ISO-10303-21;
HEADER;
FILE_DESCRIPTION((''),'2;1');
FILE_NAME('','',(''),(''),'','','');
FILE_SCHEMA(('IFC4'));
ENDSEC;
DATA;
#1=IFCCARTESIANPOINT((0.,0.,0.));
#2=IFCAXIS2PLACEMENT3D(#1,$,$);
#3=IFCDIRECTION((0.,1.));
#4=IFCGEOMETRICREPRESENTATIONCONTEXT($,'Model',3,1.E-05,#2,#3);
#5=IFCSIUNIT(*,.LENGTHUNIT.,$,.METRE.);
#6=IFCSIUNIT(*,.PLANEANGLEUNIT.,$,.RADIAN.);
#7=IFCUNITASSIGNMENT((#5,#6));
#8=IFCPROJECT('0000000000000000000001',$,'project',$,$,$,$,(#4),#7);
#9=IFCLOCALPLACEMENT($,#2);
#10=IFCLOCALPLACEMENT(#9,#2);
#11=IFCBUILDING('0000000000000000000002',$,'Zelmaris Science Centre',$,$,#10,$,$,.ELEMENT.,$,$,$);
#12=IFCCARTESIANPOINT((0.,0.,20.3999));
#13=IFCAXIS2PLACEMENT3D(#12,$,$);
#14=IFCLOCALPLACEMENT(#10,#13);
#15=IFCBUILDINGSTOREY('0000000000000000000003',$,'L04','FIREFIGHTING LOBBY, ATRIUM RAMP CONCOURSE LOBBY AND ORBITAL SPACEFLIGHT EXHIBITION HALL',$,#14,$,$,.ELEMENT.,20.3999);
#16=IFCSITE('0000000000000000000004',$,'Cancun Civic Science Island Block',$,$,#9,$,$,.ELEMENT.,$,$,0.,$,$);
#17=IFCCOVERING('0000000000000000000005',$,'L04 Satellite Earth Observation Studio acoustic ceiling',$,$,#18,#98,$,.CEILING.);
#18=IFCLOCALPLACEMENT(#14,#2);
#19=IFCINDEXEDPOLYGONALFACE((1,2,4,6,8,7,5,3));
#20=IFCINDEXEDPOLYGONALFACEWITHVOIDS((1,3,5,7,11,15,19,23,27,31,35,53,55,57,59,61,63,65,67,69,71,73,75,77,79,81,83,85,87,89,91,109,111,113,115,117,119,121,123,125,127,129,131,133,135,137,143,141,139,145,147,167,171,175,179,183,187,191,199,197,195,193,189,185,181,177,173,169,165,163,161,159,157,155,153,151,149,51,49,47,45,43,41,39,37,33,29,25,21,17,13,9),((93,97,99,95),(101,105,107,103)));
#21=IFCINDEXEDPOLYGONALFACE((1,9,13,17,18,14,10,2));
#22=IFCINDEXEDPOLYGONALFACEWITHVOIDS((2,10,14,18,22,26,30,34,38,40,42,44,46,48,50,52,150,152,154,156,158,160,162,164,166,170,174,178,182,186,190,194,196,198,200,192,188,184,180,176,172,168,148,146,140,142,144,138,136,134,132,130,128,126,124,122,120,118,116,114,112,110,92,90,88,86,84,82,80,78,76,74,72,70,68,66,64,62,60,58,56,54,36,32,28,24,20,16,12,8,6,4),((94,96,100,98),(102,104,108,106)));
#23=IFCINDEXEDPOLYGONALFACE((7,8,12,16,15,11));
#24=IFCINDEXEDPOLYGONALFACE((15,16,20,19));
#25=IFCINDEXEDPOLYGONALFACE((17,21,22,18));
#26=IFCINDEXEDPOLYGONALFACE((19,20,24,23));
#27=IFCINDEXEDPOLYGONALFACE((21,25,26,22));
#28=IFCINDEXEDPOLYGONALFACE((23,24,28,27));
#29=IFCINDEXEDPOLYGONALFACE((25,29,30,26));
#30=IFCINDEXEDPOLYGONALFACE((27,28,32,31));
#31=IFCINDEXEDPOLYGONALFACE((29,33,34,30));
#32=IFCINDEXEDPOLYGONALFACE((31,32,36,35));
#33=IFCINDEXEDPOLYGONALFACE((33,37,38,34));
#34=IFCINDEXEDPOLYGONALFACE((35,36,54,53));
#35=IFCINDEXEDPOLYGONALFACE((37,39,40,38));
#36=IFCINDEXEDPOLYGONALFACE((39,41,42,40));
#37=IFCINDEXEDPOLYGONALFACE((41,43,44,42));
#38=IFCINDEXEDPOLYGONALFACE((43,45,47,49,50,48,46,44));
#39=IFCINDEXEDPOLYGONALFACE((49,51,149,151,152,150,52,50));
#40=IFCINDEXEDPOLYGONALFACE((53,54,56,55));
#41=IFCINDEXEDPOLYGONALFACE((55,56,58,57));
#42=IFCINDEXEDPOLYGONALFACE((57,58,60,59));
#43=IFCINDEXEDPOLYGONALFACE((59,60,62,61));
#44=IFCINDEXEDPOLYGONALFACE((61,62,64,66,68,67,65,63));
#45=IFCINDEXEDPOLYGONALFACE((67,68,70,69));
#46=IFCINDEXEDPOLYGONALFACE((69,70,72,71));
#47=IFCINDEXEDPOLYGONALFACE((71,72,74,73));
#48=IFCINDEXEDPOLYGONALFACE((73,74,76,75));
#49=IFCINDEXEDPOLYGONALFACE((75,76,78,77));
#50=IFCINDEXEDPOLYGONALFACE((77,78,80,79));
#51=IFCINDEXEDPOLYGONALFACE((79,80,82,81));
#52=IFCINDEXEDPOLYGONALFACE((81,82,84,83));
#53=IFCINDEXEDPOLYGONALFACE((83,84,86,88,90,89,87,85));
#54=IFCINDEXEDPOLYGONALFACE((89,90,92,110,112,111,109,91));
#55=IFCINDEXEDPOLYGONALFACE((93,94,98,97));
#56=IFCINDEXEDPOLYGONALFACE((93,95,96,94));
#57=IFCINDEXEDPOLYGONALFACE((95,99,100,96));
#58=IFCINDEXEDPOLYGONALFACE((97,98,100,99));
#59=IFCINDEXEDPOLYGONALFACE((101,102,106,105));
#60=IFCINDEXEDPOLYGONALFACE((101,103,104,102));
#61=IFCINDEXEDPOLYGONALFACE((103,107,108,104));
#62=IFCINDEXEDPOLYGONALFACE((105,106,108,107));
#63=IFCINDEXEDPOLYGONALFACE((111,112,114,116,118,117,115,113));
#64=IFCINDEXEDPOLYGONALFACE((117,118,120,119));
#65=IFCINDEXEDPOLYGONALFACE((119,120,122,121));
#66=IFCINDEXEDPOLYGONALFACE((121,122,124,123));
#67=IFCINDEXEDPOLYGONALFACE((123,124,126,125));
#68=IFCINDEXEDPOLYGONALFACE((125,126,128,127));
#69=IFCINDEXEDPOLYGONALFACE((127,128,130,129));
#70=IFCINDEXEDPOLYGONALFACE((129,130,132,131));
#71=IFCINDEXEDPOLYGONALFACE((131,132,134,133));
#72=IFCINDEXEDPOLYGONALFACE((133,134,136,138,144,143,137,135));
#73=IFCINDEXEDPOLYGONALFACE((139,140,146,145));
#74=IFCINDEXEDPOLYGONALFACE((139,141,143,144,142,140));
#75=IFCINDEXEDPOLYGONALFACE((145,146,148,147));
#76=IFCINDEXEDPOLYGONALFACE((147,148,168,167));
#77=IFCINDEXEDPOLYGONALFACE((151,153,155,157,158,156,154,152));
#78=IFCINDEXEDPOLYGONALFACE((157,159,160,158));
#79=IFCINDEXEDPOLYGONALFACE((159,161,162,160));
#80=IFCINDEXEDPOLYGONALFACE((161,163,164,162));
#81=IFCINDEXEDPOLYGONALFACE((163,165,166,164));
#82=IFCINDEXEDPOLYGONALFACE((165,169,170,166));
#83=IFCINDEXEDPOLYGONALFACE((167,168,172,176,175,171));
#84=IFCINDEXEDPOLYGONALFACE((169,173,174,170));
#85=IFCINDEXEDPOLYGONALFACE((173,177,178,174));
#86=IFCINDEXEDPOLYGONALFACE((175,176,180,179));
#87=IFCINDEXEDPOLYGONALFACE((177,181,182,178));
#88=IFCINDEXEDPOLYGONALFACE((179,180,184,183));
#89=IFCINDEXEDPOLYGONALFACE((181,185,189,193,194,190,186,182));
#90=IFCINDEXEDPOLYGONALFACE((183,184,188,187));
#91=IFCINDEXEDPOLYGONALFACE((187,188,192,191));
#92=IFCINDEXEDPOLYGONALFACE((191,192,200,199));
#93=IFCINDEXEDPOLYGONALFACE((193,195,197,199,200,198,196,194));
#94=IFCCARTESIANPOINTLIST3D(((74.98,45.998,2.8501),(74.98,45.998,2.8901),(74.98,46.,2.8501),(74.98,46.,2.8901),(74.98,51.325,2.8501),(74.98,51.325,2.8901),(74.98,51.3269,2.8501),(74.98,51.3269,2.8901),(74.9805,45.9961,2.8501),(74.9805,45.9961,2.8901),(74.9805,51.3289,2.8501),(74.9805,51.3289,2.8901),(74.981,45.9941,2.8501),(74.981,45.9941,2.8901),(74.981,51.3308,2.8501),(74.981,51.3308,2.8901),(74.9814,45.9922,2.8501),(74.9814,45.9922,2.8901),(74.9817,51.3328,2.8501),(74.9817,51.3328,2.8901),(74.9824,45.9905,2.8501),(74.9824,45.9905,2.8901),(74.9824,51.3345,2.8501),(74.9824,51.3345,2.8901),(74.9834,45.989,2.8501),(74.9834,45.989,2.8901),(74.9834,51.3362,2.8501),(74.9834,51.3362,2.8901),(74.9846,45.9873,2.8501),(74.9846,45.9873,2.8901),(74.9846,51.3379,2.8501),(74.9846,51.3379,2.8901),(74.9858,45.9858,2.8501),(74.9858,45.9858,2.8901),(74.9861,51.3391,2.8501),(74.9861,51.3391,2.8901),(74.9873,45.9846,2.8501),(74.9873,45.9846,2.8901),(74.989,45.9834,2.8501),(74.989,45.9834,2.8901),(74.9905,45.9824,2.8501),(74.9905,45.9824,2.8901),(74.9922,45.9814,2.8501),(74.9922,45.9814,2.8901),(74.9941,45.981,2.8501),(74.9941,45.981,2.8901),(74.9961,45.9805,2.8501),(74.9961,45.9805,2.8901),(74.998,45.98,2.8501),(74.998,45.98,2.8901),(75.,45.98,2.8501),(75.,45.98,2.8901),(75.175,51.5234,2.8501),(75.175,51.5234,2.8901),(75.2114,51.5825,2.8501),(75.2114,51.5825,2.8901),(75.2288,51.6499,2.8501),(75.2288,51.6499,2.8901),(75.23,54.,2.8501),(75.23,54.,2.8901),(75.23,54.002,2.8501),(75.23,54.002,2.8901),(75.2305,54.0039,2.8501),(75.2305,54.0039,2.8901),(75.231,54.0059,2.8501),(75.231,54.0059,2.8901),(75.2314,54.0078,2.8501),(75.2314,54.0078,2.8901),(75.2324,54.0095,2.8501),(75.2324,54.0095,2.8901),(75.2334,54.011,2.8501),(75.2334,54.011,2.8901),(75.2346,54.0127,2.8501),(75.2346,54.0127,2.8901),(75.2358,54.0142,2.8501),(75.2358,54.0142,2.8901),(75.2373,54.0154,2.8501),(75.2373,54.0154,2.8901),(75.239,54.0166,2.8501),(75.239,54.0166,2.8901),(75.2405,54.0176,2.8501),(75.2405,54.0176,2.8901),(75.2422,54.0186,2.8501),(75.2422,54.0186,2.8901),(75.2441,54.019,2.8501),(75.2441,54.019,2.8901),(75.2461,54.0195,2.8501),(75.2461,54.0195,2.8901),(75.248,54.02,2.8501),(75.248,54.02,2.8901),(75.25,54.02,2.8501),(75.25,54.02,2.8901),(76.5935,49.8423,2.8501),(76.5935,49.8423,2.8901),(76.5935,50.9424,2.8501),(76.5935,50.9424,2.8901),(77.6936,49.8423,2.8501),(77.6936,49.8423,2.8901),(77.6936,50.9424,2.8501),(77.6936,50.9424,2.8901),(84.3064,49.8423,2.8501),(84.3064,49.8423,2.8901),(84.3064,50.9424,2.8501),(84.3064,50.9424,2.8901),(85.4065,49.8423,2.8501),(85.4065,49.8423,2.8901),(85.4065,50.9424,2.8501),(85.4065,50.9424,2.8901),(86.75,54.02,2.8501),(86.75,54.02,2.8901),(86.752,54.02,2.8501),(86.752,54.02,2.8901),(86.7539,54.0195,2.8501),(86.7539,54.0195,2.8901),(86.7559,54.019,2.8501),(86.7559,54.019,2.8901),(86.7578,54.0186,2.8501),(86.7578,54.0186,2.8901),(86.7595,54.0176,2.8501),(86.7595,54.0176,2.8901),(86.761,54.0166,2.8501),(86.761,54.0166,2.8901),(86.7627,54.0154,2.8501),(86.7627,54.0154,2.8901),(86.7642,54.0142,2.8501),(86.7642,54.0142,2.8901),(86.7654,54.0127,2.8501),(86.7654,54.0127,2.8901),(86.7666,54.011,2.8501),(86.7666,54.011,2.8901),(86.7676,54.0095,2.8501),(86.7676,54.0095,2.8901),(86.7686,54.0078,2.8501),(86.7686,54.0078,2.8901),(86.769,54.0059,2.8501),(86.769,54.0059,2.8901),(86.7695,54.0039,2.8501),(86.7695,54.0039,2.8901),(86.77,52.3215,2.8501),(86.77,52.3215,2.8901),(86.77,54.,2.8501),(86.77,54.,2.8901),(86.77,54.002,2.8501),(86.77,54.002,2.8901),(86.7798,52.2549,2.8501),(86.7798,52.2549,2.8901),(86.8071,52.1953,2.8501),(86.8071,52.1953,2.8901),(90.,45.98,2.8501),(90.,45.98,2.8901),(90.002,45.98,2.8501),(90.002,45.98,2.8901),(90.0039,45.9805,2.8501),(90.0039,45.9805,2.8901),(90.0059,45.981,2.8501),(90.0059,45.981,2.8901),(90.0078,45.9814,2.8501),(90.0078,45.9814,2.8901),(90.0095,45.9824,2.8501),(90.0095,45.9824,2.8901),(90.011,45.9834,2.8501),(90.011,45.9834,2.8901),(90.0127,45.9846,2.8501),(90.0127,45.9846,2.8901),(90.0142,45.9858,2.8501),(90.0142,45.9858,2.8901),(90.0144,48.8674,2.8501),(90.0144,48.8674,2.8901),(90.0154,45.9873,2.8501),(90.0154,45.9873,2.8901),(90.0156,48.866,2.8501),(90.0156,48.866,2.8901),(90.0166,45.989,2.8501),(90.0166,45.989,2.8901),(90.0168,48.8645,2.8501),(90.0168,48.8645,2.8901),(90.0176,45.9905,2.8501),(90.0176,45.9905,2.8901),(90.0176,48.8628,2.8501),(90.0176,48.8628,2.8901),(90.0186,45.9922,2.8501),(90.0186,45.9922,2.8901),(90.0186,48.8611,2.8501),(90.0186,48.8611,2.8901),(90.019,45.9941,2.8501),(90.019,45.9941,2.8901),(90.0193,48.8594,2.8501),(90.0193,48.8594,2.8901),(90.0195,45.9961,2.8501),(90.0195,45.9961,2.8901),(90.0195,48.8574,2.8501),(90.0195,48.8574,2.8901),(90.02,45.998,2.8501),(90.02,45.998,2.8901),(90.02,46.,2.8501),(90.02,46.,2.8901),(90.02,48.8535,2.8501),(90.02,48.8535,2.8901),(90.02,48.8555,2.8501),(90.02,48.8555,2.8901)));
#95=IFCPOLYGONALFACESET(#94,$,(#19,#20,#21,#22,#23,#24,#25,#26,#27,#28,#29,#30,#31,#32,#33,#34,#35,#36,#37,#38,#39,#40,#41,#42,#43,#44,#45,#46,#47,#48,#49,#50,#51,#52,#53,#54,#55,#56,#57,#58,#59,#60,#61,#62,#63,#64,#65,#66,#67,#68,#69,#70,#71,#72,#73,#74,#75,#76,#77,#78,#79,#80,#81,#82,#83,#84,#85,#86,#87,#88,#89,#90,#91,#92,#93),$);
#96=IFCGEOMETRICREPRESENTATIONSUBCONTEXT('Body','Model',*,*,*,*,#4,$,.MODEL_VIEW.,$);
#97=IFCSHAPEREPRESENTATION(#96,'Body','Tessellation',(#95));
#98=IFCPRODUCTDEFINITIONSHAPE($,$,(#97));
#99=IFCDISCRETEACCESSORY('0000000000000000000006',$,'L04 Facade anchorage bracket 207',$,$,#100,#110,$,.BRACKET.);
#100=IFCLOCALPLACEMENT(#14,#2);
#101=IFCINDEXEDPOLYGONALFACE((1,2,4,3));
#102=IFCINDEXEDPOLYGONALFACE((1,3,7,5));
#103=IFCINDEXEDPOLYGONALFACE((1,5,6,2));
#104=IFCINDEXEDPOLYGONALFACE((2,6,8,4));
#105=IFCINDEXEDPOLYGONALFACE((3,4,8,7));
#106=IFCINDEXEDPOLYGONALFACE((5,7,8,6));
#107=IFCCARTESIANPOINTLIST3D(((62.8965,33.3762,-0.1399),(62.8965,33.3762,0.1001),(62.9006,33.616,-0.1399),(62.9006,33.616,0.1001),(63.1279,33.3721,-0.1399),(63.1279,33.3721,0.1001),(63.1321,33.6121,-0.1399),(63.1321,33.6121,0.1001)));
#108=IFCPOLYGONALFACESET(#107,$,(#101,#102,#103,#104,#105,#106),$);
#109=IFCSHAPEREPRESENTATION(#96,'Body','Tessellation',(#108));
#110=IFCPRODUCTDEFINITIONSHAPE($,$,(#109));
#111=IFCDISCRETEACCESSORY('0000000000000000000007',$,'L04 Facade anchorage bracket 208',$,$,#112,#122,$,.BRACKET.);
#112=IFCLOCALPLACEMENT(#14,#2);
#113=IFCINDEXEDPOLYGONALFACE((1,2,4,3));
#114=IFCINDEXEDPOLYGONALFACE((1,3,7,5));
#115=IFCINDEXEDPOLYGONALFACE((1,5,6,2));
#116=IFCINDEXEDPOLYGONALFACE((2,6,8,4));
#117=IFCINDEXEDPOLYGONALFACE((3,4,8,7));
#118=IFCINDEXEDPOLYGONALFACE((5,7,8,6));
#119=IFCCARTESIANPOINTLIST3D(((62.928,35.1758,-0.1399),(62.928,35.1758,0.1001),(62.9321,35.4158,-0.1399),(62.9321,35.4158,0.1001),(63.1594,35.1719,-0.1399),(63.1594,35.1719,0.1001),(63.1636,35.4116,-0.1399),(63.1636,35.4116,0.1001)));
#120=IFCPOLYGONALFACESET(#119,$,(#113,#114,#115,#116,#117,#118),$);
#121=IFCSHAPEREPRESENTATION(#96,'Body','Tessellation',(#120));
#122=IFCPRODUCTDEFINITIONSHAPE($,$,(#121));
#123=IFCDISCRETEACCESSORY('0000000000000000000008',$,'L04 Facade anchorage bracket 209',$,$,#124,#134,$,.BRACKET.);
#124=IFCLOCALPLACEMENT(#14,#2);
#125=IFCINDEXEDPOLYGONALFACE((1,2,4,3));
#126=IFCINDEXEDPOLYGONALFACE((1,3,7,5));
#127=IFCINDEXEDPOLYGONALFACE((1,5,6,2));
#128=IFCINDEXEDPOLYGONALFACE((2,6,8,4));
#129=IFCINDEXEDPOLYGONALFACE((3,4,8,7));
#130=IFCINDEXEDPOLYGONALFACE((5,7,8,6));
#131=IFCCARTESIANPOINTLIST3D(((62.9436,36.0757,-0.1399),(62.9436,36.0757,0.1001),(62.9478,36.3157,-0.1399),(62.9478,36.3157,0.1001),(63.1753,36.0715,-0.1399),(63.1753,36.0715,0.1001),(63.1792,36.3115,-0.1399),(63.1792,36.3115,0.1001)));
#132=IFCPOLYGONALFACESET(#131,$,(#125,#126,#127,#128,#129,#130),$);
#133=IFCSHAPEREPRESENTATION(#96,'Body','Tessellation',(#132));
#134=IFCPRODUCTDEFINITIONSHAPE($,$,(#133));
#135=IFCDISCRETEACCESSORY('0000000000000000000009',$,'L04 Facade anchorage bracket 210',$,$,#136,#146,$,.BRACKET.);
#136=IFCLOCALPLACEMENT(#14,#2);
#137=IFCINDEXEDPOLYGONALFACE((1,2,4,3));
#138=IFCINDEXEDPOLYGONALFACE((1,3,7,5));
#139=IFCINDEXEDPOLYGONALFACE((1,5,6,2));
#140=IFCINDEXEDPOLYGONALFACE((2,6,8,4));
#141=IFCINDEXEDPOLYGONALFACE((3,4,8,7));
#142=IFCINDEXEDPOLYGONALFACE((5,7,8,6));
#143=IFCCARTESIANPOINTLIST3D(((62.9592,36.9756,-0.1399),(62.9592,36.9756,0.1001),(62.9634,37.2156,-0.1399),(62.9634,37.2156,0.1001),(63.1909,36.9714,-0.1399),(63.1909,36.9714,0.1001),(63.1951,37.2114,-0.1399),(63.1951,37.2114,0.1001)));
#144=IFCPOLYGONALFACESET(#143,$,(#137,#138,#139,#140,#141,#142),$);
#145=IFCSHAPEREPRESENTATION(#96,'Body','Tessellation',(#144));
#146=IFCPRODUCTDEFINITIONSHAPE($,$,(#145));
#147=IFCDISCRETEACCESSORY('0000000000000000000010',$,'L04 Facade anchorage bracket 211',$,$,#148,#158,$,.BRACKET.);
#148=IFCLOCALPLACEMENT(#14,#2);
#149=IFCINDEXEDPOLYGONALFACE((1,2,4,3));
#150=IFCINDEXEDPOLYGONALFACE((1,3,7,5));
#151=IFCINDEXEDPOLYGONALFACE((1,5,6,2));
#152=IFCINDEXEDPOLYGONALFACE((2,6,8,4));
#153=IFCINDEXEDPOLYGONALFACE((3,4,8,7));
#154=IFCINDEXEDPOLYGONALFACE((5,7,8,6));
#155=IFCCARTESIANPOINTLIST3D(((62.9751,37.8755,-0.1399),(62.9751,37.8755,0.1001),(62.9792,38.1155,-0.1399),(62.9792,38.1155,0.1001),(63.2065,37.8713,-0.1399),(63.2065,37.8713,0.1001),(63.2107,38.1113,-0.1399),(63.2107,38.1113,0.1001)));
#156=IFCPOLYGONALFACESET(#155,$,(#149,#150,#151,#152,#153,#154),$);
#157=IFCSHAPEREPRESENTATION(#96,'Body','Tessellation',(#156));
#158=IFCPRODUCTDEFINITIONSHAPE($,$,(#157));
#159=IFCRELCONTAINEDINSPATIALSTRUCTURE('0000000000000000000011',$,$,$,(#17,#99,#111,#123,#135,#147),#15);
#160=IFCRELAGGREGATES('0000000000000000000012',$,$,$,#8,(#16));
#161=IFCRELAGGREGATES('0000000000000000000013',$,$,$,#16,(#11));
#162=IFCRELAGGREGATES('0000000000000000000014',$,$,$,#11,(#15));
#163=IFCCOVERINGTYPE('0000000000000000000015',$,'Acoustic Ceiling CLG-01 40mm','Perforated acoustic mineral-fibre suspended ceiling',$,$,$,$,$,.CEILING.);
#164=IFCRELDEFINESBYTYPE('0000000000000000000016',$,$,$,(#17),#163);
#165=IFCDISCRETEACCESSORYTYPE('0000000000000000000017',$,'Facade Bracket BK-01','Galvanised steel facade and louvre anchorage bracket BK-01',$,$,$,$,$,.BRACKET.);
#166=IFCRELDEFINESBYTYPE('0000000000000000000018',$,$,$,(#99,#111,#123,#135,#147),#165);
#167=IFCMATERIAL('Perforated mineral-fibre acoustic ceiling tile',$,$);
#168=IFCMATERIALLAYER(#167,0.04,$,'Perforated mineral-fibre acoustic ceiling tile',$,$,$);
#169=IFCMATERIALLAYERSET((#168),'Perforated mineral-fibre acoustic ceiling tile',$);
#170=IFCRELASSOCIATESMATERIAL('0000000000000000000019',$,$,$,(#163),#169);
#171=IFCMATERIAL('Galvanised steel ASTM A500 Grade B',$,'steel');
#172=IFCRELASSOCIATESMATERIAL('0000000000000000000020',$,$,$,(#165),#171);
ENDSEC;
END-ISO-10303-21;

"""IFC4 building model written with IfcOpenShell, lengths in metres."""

from ifc_helpers import new_model, si_unit, direction, frame, origin, place, context, subcontext, project, spatial, polyline, outline, extrude, material, layer, layer_set, type_object, element, save


model = new_model("IFC4")

# Units and contexts
model_context = context("Model", 3, precision=1e-05, world=origin(), true_north=direction((0.0, 1.0)))
body_context = subcontext(model_context, "Body", "Model", "MODEL_VIEW")
ifc_project = project(units=[si_unit("LENGTHUNIT", "METRE"), si_unit("PLANEANGLEUNIT", "RADIAN")], contexts=[model_context])

# Site, building, storey
site_placement = place(None, origin())
site = spatial("IfcSite", under=ifc_project, at=site_placement, Name="Cancun Civic Science Island Block", CompositionType="ELEMENT", RefElevation=0.0)
building_placement = place(site_placement, origin())
building = spatial("IfcBuilding", under=site, at=building_placement, Name="Zelmaris Science Centre", CompositionType="ELEMENT")
storey_placement = place(building_placement, frame((0.0, 0.0, 20.3999)))
storey = spatial("IfcBuildingStorey", under=building, at=storey_placement, Name="L04", Description="FIREFIGHTING LOBBY, ATRIUM RAMP CONCOURSE LOBBY AND ORBITAL SPACEFLIGHT EXHIBITION HALL", CompositionType="ELEMENT", Elevation=20.3999)

# Covering
ifc_material_1 = material(Name="Perforated mineral-fibre acoustic ceiling tile")
ifc_layer_1 = layer(ifc_material_1, 0.04, Name="Perforated mineral-fibre acoustic ceiling tile")
ifc_layer_set_1 = layer_set([ifc_layer_1], Name="Perforated mineral-fibre acoustic ceiling tile")
covering_type = type_object("IfcCoveringType", Name="Acoustic Ceiling CLG-01 40mm", Description="Perforated acoustic mineral-fibre suspended ceiling", PredefinedType="CEILING", material=ifc_layer_set_1)
covering_placement = place(storey_placement, frame((0.0, 0.0, 2.8501)))
element("IfcCovering", 1, at=covering_placement, inside=storey, type_object=covering_type, Name="L04 Satellite Earth Observation Studio acoustic ceiling", PredefinedType="CEILING", context=body_context, shape_type="SweptSolid", body=[
    extrude(outline(polyline([(90.02, 45.998), (90.0195, 45.9961), (90.019, 45.9941), (90.0186, 45.9922), (90.0176, 45.9905), (90.0166, 45.989), (90.0154, 45.9873), (90.0142, 45.9858), (90.0127, 45.9846), (90.011, 45.9834), (90.0095, 45.9824), (90.0078, 45.9814), (90.0059, 45.981), (90.0039, 45.9805), (90.002, 45.98), (90.0, 45.98), (75.0, 45.98), (74.998, 45.98), (74.9961, 45.9805), (74.9941, 45.981), (74.9922, 45.9814), (74.9905, 45.9824), (74.989, 45.9834), (74.9873, 45.9846), (74.9858, 45.9858), (74.9846, 45.9873), (74.9834, 45.989), (74.9824, 45.9905), (74.9814, 45.9922), (74.981, 45.9941), (74.9805, 45.9961), (74.98, 45.998), (74.98, 46.0), (74.98, 51.325), (74.98, 51.3269), (74.9805, 51.3289), (74.981, 51.3308), (74.9817, 51.3328), (74.9824, 51.3345), (74.9834, 51.3362), (74.9846, 51.3379), (74.9861, 51.3391), (75.175, 51.5234), (75.2114, 51.5825), (75.2288, 51.6499), (75.23, 54.0), (75.23, 54.002), (75.2305, 54.0039), (75.231, 54.0059), (75.2314, 54.0078), (75.2324, 54.0095), (75.2334, 54.011), (75.2346, 54.0127), (75.2358, 54.0142), (75.2373, 54.0154), (75.239, 54.0166), (75.2405, 54.0176), (75.2422, 54.0186), (75.2441, 54.019), (75.2461, 54.0195), (75.248, 54.02), (75.25, 54.02), (86.75, 54.02), (86.752, 54.02), (86.7539, 54.0195), (86.7559, 54.019), (86.7578, 54.0186), (86.7595, 54.0176), (86.761, 54.0166), (86.7627, 54.0154), (86.7642, 54.0142), (86.7654, 54.0127), (86.7666, 54.011), (86.7676, 54.0095), (86.7686, 54.0078), (86.769, 54.0059), (86.7695, 54.0039), (86.77, 54.002), (86.77, 54.0), (86.77, 52.3215), (86.7798, 52.2549), (86.8071, 52.1953), (90.0144, 48.8674), (90.0156, 48.866), (90.0168, 48.8645), (90.0176, 48.8628), (90.0186, 48.8611), (90.0193, 48.8594), (90.0195, 48.8574), (90.02, 48.8555), (90.02, 48.8535), (90.02, 46.0), (90.02, 45.998)]), holes=[polyline([(84.3064, 50.9424), (84.3064, 49.8423), (85.4065, 49.8423), (85.4065, 50.9424), (84.3064, 50.9424)]), polyline([(76.5935, 49.8423), (77.6936, 49.8423), (77.6936, 50.9424), (76.5935, 50.9424), (76.5935, 49.8423)])]), origin(), (0.0, 0.0, 1.0), 0.04),
])

# Discrete accessories
ifc_material_2 = material(Name="Galvanised steel ASTM A500 Grade B", Category="steel")
discrete_accessory_type = type_object("IfcDiscreteAccessoryType", Name="Facade Bracket BK-01", Description="Galvanised steel facade and louvre anchorage bracket BK-01", PredefinedType="BRACKET", material=ifc_material_2)
discrete_accessory_1_placement = place(storey_placement, frame((0.0, 0.0, -0.1399)))
element("IfcDiscreteAccessory", 2, at=discrete_accessory_1_placement, inside=storey, type_object=discrete_accessory_type, Name="L04 Facade anchorage bracket 207", PredefinedType="BRACKET", context=body_context, shape_type="SweptSolid", body=[
    extrude(outline(polyline([(63.1279, 33.3721), (63.1321, 33.6121), (62.9006, 33.616), (62.8965, 33.3762), (63.1279, 33.3721)])), origin(), (0.0, 0.0, 1.0), 0.24),
])
discrete_accessory_2_placement = place(storey_placement, frame((0.0, 0.0, -0.1399)))
element("IfcDiscreteAccessory", 3, at=discrete_accessory_2_placement, inside=storey, type_object=discrete_accessory_type, Name="L04 Facade anchorage bracket 208", PredefinedType="BRACKET", context=body_context, shape_type="SweptSolid", body=[
    extrude(outline(polyline([(63.1594, 35.1719), (63.1636, 35.4116), (62.9321, 35.4158), (62.928, 35.1758), (63.1594, 35.1719)])), origin(), (0.0, 0.0, 1.0), 0.24),
])
discrete_accessory_3_placement = place(storey_placement, frame((0.0, 0.0, -0.1399)))
element("IfcDiscreteAccessory", 4, at=discrete_accessory_3_placement, inside=storey, type_object=discrete_accessory_type, Name="L04 Facade anchorage bracket 209", PredefinedType="BRACKET", context=body_context, shape_type="SweptSolid", body=[
    extrude(outline(polyline([(63.1753, 36.0715), (63.1792, 36.3115), (62.9478, 36.3157), (62.9436, 36.0757), (63.1753, 36.0715)])), origin(), (0.0, 0.0, 1.0), 0.24),
])
discrete_accessory_4_placement = place(storey_placement, frame((0.0, 0.0, -0.1399)))
element("IfcDiscreteAccessory", 5, at=discrete_accessory_4_placement, inside=storey, type_object=discrete_accessory_type, Name="L04 Facade anchorage bracket 210", PredefinedType="BRACKET", context=body_context, shape_type="SweptSolid", body=[
    extrude(outline(polyline([(63.1909, 36.9714), (63.1951, 37.2114), (62.9634, 37.2156), (62.9592, 36.9756), (63.1909, 36.9714)])), origin(), (0.0, 0.0, 1.0), 0.24),
])
discrete_accessory_5_placement = place(storey_placement, frame((0.0, 0.0, -0.1399)))
element("IfcDiscreteAccessory", 6, at=discrete_accessory_5_placement, inside=storey, type_object=discrete_accessory_type, Name="L04 Facade anchorage bracket 211", PredefinedType="BRACKET", context=body_context, shape_type="SweptSolid", body=[
    extrude(outline(polyline([(63.2065, 37.8713), (63.2107, 38.1113), (62.9792, 38.1155), (62.9751, 37.8755), (63.2065, 37.8713)])), origin(), (0.0, 0.0, 1.0), 0.24),
])

save(model, "model.ifc")
